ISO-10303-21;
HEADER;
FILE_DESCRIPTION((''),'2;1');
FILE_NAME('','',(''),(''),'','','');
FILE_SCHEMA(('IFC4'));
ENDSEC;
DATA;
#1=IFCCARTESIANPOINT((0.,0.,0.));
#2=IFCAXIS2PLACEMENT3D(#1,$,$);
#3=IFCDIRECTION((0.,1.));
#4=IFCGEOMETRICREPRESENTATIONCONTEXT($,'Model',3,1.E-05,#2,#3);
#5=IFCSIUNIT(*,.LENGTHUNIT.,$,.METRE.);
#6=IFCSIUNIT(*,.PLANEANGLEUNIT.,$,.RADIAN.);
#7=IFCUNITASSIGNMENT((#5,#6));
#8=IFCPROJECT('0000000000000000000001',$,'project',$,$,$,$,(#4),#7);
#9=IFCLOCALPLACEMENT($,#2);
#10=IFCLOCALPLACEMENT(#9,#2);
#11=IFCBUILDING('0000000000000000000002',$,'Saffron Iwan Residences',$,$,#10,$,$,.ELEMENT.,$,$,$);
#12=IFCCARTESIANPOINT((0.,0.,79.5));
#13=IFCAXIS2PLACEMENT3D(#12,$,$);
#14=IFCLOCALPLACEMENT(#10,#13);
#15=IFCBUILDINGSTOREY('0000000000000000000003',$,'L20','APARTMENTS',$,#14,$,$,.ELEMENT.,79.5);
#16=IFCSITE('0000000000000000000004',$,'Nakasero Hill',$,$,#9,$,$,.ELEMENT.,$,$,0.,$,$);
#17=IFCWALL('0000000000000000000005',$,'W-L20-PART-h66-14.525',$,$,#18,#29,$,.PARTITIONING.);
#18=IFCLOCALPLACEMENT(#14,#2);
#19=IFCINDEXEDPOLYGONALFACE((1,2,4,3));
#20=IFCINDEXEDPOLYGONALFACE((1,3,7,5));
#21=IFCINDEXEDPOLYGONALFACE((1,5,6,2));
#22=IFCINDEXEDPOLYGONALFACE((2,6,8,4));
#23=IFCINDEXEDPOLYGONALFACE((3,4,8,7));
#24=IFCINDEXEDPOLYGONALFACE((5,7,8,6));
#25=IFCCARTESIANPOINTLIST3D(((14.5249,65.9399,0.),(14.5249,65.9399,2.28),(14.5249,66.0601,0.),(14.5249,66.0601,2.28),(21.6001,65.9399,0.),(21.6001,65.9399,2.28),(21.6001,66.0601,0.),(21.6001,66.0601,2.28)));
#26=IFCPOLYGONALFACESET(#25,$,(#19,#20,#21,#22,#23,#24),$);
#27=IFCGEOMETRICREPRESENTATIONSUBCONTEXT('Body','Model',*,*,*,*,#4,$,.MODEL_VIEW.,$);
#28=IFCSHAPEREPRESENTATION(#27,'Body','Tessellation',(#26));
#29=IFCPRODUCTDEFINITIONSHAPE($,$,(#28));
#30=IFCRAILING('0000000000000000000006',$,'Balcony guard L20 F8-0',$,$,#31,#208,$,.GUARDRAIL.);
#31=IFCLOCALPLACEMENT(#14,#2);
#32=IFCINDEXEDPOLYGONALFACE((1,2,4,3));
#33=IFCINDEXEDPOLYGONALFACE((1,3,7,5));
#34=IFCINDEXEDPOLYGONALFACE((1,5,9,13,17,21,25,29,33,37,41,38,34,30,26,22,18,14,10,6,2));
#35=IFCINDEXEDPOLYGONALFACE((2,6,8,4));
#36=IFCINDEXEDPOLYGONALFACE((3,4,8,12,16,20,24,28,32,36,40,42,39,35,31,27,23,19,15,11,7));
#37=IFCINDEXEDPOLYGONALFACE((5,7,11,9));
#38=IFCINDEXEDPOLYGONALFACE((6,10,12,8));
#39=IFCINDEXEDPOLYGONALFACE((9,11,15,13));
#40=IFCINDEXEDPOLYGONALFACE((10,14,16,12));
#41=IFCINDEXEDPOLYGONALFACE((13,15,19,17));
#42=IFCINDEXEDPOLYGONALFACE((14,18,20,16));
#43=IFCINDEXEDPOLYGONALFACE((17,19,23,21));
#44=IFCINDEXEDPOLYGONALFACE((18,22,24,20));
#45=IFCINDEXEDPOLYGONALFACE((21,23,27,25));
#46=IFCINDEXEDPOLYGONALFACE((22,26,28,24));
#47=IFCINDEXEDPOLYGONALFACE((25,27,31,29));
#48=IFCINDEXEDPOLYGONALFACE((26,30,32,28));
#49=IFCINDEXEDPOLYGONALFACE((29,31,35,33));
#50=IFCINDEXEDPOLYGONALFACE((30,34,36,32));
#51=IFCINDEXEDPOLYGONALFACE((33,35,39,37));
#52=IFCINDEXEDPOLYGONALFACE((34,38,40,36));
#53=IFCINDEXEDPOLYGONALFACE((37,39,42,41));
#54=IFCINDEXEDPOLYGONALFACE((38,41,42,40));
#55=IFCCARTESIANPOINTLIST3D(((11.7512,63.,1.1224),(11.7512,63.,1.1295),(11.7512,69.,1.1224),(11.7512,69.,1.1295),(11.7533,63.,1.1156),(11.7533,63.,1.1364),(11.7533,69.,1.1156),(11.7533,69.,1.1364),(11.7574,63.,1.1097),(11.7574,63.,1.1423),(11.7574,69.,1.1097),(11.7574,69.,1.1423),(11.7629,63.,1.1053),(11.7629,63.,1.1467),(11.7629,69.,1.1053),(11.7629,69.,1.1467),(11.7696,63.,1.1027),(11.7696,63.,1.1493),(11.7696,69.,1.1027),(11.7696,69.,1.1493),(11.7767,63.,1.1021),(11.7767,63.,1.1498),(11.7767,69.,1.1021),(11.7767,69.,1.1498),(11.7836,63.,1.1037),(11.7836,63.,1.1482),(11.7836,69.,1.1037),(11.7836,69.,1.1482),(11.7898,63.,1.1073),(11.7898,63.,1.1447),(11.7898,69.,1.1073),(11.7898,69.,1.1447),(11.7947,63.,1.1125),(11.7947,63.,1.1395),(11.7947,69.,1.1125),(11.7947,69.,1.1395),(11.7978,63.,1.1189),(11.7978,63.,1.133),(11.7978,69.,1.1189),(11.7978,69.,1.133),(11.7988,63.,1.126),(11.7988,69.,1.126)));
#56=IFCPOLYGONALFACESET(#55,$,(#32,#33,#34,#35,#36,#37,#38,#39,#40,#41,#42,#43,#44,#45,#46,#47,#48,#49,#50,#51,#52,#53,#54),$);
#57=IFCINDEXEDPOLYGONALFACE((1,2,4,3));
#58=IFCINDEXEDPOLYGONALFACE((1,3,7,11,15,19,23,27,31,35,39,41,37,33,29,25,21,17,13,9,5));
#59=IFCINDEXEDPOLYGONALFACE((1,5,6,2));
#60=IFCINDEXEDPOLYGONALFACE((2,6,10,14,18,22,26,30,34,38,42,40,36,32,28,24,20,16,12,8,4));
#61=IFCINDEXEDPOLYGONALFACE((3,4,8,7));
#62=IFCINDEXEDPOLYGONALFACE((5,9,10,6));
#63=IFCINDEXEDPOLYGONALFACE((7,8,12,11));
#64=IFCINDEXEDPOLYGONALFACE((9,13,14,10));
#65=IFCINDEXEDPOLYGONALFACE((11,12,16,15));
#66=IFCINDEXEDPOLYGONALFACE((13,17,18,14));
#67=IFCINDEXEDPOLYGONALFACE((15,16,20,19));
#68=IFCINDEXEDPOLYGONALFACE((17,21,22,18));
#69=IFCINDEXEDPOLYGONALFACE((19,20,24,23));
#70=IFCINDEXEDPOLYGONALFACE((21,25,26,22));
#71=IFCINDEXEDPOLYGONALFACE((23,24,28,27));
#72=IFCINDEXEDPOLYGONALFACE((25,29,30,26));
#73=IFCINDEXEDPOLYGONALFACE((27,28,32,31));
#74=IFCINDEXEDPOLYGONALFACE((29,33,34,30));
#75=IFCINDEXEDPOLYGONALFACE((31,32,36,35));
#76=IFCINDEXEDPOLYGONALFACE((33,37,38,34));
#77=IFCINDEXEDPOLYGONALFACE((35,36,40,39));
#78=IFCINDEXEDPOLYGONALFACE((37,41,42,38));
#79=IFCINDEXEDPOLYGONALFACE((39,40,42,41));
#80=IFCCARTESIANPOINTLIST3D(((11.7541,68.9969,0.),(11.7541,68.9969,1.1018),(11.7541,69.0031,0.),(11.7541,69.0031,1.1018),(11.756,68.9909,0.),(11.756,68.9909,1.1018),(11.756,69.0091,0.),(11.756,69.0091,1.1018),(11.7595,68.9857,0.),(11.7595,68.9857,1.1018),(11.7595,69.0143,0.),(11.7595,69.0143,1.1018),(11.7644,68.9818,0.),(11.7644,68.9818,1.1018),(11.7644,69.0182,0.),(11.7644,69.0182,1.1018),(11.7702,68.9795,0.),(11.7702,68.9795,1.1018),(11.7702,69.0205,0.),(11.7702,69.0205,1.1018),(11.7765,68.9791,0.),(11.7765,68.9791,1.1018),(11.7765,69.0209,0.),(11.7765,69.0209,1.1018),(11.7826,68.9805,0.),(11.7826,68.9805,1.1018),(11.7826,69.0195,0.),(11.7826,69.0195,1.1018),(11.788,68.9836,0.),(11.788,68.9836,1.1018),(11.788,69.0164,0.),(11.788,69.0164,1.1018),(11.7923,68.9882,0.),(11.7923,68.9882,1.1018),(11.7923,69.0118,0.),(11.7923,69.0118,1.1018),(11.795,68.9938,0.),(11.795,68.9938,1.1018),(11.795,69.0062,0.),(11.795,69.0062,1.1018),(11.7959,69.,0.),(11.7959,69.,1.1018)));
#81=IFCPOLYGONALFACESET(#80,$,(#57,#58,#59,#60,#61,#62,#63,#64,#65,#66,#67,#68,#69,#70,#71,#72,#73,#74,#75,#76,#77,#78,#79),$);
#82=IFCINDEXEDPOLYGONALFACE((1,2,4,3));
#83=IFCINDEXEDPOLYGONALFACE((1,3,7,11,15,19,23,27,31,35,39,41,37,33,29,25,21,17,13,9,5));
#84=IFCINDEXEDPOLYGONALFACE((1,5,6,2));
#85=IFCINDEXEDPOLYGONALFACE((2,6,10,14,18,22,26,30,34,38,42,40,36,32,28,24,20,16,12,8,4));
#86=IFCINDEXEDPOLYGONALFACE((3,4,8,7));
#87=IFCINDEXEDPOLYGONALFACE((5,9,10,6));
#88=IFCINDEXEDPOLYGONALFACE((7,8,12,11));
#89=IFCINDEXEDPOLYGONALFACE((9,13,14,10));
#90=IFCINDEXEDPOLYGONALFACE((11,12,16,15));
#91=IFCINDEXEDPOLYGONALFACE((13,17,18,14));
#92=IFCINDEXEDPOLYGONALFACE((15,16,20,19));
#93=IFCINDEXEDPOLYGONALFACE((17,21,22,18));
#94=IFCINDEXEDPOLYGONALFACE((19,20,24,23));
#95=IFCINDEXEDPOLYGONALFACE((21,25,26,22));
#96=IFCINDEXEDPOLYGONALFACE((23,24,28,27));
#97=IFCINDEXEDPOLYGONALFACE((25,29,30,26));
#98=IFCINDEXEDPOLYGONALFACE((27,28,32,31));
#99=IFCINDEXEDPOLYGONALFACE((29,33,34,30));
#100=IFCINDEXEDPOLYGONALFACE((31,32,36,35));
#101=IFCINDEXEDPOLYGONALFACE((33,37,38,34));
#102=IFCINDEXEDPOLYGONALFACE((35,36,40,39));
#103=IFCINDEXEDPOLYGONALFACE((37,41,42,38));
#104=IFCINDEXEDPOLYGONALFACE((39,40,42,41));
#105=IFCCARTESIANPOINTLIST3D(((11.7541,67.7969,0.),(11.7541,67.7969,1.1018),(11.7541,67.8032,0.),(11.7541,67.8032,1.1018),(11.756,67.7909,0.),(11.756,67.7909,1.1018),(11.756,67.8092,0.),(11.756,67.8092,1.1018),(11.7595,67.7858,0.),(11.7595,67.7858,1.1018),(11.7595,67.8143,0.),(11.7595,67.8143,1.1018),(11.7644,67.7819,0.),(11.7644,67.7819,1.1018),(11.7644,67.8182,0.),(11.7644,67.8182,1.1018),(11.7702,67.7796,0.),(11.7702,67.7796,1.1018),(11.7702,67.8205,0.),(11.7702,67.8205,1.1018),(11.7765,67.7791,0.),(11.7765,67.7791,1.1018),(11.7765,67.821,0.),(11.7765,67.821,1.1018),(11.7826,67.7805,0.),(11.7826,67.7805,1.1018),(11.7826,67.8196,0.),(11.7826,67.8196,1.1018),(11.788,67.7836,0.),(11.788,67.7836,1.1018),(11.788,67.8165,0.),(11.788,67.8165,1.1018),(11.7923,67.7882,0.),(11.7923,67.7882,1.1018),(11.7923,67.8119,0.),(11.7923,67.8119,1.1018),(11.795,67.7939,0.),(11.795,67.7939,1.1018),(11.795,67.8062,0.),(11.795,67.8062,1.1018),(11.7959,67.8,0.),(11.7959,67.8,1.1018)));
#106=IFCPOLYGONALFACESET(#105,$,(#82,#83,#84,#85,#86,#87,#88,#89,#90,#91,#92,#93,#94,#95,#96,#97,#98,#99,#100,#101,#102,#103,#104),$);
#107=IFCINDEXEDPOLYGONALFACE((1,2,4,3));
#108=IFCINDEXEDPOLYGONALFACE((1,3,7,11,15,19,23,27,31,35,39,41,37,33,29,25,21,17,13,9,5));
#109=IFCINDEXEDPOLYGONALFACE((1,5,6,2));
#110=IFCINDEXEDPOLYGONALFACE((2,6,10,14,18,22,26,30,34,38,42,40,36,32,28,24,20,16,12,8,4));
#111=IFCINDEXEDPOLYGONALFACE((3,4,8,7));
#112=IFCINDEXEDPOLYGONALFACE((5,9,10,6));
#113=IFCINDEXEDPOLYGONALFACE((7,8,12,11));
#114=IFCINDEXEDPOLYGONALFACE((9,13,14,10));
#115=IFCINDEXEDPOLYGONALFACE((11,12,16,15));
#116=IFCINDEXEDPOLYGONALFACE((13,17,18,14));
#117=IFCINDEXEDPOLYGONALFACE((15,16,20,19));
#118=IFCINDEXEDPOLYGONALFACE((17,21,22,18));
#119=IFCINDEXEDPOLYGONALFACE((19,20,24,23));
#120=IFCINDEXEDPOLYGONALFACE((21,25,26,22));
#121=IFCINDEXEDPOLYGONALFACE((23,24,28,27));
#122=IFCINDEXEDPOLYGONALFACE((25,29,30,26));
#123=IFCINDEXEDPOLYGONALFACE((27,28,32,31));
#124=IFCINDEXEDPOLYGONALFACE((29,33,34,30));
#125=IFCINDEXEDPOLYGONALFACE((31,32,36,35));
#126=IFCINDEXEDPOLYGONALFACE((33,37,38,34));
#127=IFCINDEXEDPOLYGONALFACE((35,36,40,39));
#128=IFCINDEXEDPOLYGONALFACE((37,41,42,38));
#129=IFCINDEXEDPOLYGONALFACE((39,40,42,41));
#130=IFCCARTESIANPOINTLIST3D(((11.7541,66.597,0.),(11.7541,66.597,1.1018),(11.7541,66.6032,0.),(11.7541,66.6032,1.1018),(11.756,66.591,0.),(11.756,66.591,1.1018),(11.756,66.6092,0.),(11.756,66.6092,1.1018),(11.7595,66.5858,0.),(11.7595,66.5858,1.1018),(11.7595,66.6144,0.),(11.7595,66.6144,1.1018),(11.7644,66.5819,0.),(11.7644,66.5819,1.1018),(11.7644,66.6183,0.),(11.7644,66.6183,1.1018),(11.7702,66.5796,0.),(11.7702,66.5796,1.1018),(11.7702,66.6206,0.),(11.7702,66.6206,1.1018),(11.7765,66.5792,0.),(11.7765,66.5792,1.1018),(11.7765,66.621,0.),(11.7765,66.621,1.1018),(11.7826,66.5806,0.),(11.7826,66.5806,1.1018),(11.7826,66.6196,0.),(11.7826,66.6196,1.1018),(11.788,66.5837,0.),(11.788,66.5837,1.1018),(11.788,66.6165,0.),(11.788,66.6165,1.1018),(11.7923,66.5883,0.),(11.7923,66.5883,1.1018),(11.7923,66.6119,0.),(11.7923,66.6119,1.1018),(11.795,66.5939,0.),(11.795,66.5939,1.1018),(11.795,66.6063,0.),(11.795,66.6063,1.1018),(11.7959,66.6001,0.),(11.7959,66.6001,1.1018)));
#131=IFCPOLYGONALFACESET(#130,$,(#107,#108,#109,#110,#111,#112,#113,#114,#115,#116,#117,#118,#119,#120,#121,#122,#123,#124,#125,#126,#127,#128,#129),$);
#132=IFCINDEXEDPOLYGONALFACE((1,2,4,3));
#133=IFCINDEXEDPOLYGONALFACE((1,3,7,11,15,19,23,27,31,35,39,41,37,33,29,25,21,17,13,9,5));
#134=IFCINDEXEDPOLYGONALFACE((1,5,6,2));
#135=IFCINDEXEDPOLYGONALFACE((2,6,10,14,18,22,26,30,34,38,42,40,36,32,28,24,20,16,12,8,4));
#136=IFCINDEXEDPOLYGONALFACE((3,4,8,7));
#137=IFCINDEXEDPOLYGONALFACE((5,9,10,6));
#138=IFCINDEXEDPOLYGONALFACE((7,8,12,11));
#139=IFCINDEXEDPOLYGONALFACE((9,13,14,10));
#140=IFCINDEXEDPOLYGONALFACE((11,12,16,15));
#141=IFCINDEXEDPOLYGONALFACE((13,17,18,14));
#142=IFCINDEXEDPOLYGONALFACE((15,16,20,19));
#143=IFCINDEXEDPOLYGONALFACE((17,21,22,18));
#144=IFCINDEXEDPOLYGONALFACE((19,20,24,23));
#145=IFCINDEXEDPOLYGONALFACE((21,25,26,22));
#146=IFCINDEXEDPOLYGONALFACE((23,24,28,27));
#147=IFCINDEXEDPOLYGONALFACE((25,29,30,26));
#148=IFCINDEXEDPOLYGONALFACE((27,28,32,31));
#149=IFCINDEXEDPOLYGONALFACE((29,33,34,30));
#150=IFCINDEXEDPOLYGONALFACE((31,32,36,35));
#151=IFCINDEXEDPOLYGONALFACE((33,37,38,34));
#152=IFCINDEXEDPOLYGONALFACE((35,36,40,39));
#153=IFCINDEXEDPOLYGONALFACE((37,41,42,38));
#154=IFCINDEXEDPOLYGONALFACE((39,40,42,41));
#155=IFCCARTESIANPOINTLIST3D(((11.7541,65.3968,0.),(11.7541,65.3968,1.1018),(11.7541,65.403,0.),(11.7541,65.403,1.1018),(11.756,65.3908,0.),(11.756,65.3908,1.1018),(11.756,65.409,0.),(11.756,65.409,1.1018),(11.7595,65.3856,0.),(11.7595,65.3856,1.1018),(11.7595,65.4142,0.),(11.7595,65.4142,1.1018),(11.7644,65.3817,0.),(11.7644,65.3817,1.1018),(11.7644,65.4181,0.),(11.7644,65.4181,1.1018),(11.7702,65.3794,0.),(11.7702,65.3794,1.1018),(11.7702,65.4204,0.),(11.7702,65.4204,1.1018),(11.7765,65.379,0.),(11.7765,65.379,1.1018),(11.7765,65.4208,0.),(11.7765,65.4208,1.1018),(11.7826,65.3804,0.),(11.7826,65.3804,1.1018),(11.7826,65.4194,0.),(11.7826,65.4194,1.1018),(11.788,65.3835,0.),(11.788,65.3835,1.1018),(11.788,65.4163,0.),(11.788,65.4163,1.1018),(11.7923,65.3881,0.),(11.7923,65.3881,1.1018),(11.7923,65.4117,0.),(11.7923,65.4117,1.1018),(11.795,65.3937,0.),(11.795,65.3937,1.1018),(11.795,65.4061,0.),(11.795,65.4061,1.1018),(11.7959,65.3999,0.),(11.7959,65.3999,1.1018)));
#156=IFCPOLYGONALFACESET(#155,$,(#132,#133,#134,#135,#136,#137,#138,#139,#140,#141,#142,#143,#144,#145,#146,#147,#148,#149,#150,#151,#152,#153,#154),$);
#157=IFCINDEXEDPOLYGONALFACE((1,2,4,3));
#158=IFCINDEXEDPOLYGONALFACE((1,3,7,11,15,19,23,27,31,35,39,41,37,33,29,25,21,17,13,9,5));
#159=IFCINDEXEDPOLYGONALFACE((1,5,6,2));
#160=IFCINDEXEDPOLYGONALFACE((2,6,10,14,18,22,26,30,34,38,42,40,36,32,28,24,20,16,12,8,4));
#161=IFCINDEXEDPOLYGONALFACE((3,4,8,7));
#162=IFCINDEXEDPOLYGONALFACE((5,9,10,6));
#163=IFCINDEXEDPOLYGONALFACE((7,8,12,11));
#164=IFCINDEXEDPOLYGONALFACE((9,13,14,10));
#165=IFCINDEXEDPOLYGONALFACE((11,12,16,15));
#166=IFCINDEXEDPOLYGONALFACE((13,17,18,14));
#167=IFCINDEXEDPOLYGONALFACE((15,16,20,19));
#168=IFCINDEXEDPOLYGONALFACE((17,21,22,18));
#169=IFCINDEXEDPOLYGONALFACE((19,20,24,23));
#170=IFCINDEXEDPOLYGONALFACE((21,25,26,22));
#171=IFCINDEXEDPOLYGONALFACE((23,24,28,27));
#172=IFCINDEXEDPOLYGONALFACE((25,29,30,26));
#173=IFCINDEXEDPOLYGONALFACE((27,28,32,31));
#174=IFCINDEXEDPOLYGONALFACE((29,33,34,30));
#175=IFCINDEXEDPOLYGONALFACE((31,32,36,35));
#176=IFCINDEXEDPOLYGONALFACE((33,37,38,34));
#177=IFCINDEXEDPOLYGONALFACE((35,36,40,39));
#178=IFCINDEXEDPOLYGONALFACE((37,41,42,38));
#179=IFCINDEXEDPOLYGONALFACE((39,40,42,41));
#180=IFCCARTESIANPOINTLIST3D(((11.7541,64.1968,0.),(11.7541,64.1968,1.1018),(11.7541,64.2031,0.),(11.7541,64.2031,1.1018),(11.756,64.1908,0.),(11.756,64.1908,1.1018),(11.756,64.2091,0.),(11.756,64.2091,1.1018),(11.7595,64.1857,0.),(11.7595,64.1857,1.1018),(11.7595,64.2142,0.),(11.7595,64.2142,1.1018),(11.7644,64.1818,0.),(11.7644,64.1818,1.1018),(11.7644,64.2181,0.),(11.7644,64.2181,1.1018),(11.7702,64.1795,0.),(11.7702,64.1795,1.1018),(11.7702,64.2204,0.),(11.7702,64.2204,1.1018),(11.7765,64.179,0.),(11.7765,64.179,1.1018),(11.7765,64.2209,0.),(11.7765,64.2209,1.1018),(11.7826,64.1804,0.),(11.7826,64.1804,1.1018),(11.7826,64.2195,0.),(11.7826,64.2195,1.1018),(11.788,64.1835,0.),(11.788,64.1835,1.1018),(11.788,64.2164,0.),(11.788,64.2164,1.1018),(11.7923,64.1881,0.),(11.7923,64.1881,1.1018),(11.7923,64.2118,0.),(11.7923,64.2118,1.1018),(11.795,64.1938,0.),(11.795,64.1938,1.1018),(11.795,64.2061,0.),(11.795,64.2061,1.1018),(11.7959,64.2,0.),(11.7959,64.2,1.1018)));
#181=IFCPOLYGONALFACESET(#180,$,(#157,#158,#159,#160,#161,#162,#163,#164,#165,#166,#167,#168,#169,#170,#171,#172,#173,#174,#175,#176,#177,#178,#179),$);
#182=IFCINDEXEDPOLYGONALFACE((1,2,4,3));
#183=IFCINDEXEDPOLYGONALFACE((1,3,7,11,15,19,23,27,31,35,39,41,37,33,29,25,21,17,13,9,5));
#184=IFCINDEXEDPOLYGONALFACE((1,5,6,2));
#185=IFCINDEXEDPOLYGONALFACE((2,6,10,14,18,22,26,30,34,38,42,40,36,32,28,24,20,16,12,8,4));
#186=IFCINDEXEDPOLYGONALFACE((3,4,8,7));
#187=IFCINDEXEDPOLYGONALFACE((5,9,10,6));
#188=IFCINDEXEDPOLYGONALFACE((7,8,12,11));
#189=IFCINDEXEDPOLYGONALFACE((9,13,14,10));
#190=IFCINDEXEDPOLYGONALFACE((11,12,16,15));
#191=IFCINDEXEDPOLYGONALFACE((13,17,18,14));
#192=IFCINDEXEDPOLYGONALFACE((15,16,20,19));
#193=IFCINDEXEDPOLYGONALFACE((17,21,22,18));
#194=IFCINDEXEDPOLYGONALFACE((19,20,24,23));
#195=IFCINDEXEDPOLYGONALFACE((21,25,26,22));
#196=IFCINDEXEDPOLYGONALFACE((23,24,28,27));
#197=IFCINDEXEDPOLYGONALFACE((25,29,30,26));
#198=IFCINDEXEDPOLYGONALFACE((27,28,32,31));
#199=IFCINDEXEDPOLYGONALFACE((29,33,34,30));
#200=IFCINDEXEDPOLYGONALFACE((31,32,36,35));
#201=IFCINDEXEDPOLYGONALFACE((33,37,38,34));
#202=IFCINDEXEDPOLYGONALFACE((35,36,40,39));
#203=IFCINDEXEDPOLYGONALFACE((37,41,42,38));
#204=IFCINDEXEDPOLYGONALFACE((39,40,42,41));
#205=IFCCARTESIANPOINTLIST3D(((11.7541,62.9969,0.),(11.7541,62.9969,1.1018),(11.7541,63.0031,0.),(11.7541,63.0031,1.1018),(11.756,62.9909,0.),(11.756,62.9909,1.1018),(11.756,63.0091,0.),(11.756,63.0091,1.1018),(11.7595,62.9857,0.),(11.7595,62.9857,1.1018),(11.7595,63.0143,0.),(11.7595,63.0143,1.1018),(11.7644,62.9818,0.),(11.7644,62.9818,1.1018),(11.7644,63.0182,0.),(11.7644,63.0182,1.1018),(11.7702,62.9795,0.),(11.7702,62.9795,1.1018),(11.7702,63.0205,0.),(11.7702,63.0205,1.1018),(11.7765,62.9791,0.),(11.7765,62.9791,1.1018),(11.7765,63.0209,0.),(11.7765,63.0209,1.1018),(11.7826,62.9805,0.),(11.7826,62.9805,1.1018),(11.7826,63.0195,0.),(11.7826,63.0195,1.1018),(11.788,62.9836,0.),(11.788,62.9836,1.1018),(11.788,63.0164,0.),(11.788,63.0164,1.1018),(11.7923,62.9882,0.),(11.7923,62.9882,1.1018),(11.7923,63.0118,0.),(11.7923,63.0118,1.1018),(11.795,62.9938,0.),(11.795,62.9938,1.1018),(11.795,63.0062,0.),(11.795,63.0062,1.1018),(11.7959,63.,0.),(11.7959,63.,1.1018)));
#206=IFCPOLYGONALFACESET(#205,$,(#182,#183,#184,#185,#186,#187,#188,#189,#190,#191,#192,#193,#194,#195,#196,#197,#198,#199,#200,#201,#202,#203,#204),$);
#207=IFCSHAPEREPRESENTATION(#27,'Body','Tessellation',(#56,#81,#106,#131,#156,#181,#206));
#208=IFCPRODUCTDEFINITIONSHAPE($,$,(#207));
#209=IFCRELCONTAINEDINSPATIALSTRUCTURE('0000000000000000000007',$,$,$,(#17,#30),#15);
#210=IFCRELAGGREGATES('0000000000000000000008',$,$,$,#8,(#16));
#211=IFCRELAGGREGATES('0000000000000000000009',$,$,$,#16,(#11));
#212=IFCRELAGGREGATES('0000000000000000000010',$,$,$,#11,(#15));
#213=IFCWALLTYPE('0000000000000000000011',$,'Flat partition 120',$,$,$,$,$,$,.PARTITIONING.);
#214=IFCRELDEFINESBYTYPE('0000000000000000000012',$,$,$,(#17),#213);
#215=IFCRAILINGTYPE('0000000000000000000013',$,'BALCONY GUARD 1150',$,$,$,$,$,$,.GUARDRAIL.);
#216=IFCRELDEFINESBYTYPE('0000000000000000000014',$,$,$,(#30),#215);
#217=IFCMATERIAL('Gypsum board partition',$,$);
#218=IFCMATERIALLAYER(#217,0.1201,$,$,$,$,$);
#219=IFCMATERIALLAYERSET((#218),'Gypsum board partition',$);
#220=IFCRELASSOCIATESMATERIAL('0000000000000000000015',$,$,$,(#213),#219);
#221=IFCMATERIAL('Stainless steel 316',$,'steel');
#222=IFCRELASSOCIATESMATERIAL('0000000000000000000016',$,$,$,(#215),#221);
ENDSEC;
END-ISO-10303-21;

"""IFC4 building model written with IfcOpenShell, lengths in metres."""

from ifc_helpers import new_model, si_unit, direction, frame, frame_2d, origin, origin_2d, place, context, subcontext, project, spatial, rectangle, circle, extrude, material, layer, layer_set, type_object, element, save


model = new_model("IFC4")

# Units and contexts
model_context = context("Model", 3, precision=1e-05, world=origin(), true_north=direction((0.0, 1.0)))
body_context = subcontext(model_context, "Body", "Model", "MODEL_VIEW")
ifc_project = project(units=[si_unit("LENGTHUNIT", "METRE"), si_unit("PLANEANGLEUNIT", "RADIAN")], contexts=[model_context])

# Site, building, storey
site_placement = place(None, origin())
site = spatial("IfcSite", under=ifc_project, at=site_placement, Name="Nakasero Hill", CompositionType="ELEMENT", RefElevation=0.0)
building_placement = place(site_placement, origin())
building = spatial("IfcBuilding", under=site, at=building_placement, Name="Saffron Iwan Residences", CompositionType="ELEMENT")
storey_placement = place(building_placement, frame((0.0, 0.0, 79.5)))
storey = spatial("IfcBuildingStorey", under=building, at=storey_placement, Name="L20", Description="APARTMENTS", CompositionType="ELEMENT", Elevation=79.5)

# Wall
ifc_material_1 = material(Name="Gypsum board partition")
ifc_layer_1 = layer(ifc_material_1, 0.1201)
ifc_layer_set_1 = layer_set([ifc_layer_1], Name="Gypsum board partition")
wall_type_1 = type_object("IfcWallType", Name="Flat partition 120", PredefinedType="PARTITIONING", material=ifc_layer_set_1)
for number, where, z_axis, x_axis, name in (
    (1, (14.5249, 66.0, 0.0), (0.0, 0.0, 1.0), (1.0, 0.0, 0.0), "W-L20-PART-h66-14.525"),
):
    element("IfcWall", number, at=place(storey_placement, frame(where, z_axis=z_axis, x_axis=x_axis)), inside=storey, type_object=wall_type_1, Name=name, PredefinedType="PARTITIONING", context=body_context, shape_type="SweptSolid", body=[
        extrude(rectangle(XDim=7.0752, YDim=0.1201, at=frame_2d((3.5376, 0.0))), origin(), (0.0, 0.0, 1.0), 2.28),
    ])

# Railing
ifc_material_2 = material(Name="Stainless steel 316", Category="steel")
railing_type = type_object("IfcRailingType", Name="BALCONY GUARD 1150", PredefinedType="GUARDRAIL", material=ifc_material_2)
railing_placement = place(storey_placement, frame((11.7749, 69.0, 0.0)))
element("IfcRailing", 2, at=railing_placement, inside=storey, type_object=railing_type, Name="Balcony guard L20 F8-0", PredefinedType="GUARDRAIL", context=body_context, shape_type="SweptSolid", body=[
    extrude(circle(Radius=0.0239, at=origin_2d()), frame((0.0, 0.0, 1.126), z_axis=(0.0, -1.0, 0.0), x_axis=(1.0, 0.0, 0.0)), (0.0, 0.0, 1.0), 6.0),
    extrude(circle(Radius=0.021, at=origin_2d()), origin(), (0.0, 0.0, 1.0), 1.1018),
    extrude(circle(Radius=0.021, at=origin_2d()), frame((0.0, -1.2, 0.0)), (0.0, 0.0, 1.0), 1.1018),
    extrude(circle(Radius=0.021, at=origin_2d()), frame((0.0, -2.3999, 0.0)), (0.0, 0.0, 1.0), 1.1018),
    extrude(circle(Radius=0.021, at=origin_2d()), frame((0.0, -3.6001, 0.0)), (0.0, 0.0, 1.0), 1.1018),
    extrude(circle(Radius=0.021, at=origin_2d()), frame((0.0, -4.8, 0.0)), (0.0, 0.0, 1.0), 1.1018),
    extrude(circle(Radius=0.021, at=origin_2d()), frame((0.0, -6.0, 0.0)), (0.0, 0.0, 1.0), 1.1018),
])

save(model, "model.ifc")
